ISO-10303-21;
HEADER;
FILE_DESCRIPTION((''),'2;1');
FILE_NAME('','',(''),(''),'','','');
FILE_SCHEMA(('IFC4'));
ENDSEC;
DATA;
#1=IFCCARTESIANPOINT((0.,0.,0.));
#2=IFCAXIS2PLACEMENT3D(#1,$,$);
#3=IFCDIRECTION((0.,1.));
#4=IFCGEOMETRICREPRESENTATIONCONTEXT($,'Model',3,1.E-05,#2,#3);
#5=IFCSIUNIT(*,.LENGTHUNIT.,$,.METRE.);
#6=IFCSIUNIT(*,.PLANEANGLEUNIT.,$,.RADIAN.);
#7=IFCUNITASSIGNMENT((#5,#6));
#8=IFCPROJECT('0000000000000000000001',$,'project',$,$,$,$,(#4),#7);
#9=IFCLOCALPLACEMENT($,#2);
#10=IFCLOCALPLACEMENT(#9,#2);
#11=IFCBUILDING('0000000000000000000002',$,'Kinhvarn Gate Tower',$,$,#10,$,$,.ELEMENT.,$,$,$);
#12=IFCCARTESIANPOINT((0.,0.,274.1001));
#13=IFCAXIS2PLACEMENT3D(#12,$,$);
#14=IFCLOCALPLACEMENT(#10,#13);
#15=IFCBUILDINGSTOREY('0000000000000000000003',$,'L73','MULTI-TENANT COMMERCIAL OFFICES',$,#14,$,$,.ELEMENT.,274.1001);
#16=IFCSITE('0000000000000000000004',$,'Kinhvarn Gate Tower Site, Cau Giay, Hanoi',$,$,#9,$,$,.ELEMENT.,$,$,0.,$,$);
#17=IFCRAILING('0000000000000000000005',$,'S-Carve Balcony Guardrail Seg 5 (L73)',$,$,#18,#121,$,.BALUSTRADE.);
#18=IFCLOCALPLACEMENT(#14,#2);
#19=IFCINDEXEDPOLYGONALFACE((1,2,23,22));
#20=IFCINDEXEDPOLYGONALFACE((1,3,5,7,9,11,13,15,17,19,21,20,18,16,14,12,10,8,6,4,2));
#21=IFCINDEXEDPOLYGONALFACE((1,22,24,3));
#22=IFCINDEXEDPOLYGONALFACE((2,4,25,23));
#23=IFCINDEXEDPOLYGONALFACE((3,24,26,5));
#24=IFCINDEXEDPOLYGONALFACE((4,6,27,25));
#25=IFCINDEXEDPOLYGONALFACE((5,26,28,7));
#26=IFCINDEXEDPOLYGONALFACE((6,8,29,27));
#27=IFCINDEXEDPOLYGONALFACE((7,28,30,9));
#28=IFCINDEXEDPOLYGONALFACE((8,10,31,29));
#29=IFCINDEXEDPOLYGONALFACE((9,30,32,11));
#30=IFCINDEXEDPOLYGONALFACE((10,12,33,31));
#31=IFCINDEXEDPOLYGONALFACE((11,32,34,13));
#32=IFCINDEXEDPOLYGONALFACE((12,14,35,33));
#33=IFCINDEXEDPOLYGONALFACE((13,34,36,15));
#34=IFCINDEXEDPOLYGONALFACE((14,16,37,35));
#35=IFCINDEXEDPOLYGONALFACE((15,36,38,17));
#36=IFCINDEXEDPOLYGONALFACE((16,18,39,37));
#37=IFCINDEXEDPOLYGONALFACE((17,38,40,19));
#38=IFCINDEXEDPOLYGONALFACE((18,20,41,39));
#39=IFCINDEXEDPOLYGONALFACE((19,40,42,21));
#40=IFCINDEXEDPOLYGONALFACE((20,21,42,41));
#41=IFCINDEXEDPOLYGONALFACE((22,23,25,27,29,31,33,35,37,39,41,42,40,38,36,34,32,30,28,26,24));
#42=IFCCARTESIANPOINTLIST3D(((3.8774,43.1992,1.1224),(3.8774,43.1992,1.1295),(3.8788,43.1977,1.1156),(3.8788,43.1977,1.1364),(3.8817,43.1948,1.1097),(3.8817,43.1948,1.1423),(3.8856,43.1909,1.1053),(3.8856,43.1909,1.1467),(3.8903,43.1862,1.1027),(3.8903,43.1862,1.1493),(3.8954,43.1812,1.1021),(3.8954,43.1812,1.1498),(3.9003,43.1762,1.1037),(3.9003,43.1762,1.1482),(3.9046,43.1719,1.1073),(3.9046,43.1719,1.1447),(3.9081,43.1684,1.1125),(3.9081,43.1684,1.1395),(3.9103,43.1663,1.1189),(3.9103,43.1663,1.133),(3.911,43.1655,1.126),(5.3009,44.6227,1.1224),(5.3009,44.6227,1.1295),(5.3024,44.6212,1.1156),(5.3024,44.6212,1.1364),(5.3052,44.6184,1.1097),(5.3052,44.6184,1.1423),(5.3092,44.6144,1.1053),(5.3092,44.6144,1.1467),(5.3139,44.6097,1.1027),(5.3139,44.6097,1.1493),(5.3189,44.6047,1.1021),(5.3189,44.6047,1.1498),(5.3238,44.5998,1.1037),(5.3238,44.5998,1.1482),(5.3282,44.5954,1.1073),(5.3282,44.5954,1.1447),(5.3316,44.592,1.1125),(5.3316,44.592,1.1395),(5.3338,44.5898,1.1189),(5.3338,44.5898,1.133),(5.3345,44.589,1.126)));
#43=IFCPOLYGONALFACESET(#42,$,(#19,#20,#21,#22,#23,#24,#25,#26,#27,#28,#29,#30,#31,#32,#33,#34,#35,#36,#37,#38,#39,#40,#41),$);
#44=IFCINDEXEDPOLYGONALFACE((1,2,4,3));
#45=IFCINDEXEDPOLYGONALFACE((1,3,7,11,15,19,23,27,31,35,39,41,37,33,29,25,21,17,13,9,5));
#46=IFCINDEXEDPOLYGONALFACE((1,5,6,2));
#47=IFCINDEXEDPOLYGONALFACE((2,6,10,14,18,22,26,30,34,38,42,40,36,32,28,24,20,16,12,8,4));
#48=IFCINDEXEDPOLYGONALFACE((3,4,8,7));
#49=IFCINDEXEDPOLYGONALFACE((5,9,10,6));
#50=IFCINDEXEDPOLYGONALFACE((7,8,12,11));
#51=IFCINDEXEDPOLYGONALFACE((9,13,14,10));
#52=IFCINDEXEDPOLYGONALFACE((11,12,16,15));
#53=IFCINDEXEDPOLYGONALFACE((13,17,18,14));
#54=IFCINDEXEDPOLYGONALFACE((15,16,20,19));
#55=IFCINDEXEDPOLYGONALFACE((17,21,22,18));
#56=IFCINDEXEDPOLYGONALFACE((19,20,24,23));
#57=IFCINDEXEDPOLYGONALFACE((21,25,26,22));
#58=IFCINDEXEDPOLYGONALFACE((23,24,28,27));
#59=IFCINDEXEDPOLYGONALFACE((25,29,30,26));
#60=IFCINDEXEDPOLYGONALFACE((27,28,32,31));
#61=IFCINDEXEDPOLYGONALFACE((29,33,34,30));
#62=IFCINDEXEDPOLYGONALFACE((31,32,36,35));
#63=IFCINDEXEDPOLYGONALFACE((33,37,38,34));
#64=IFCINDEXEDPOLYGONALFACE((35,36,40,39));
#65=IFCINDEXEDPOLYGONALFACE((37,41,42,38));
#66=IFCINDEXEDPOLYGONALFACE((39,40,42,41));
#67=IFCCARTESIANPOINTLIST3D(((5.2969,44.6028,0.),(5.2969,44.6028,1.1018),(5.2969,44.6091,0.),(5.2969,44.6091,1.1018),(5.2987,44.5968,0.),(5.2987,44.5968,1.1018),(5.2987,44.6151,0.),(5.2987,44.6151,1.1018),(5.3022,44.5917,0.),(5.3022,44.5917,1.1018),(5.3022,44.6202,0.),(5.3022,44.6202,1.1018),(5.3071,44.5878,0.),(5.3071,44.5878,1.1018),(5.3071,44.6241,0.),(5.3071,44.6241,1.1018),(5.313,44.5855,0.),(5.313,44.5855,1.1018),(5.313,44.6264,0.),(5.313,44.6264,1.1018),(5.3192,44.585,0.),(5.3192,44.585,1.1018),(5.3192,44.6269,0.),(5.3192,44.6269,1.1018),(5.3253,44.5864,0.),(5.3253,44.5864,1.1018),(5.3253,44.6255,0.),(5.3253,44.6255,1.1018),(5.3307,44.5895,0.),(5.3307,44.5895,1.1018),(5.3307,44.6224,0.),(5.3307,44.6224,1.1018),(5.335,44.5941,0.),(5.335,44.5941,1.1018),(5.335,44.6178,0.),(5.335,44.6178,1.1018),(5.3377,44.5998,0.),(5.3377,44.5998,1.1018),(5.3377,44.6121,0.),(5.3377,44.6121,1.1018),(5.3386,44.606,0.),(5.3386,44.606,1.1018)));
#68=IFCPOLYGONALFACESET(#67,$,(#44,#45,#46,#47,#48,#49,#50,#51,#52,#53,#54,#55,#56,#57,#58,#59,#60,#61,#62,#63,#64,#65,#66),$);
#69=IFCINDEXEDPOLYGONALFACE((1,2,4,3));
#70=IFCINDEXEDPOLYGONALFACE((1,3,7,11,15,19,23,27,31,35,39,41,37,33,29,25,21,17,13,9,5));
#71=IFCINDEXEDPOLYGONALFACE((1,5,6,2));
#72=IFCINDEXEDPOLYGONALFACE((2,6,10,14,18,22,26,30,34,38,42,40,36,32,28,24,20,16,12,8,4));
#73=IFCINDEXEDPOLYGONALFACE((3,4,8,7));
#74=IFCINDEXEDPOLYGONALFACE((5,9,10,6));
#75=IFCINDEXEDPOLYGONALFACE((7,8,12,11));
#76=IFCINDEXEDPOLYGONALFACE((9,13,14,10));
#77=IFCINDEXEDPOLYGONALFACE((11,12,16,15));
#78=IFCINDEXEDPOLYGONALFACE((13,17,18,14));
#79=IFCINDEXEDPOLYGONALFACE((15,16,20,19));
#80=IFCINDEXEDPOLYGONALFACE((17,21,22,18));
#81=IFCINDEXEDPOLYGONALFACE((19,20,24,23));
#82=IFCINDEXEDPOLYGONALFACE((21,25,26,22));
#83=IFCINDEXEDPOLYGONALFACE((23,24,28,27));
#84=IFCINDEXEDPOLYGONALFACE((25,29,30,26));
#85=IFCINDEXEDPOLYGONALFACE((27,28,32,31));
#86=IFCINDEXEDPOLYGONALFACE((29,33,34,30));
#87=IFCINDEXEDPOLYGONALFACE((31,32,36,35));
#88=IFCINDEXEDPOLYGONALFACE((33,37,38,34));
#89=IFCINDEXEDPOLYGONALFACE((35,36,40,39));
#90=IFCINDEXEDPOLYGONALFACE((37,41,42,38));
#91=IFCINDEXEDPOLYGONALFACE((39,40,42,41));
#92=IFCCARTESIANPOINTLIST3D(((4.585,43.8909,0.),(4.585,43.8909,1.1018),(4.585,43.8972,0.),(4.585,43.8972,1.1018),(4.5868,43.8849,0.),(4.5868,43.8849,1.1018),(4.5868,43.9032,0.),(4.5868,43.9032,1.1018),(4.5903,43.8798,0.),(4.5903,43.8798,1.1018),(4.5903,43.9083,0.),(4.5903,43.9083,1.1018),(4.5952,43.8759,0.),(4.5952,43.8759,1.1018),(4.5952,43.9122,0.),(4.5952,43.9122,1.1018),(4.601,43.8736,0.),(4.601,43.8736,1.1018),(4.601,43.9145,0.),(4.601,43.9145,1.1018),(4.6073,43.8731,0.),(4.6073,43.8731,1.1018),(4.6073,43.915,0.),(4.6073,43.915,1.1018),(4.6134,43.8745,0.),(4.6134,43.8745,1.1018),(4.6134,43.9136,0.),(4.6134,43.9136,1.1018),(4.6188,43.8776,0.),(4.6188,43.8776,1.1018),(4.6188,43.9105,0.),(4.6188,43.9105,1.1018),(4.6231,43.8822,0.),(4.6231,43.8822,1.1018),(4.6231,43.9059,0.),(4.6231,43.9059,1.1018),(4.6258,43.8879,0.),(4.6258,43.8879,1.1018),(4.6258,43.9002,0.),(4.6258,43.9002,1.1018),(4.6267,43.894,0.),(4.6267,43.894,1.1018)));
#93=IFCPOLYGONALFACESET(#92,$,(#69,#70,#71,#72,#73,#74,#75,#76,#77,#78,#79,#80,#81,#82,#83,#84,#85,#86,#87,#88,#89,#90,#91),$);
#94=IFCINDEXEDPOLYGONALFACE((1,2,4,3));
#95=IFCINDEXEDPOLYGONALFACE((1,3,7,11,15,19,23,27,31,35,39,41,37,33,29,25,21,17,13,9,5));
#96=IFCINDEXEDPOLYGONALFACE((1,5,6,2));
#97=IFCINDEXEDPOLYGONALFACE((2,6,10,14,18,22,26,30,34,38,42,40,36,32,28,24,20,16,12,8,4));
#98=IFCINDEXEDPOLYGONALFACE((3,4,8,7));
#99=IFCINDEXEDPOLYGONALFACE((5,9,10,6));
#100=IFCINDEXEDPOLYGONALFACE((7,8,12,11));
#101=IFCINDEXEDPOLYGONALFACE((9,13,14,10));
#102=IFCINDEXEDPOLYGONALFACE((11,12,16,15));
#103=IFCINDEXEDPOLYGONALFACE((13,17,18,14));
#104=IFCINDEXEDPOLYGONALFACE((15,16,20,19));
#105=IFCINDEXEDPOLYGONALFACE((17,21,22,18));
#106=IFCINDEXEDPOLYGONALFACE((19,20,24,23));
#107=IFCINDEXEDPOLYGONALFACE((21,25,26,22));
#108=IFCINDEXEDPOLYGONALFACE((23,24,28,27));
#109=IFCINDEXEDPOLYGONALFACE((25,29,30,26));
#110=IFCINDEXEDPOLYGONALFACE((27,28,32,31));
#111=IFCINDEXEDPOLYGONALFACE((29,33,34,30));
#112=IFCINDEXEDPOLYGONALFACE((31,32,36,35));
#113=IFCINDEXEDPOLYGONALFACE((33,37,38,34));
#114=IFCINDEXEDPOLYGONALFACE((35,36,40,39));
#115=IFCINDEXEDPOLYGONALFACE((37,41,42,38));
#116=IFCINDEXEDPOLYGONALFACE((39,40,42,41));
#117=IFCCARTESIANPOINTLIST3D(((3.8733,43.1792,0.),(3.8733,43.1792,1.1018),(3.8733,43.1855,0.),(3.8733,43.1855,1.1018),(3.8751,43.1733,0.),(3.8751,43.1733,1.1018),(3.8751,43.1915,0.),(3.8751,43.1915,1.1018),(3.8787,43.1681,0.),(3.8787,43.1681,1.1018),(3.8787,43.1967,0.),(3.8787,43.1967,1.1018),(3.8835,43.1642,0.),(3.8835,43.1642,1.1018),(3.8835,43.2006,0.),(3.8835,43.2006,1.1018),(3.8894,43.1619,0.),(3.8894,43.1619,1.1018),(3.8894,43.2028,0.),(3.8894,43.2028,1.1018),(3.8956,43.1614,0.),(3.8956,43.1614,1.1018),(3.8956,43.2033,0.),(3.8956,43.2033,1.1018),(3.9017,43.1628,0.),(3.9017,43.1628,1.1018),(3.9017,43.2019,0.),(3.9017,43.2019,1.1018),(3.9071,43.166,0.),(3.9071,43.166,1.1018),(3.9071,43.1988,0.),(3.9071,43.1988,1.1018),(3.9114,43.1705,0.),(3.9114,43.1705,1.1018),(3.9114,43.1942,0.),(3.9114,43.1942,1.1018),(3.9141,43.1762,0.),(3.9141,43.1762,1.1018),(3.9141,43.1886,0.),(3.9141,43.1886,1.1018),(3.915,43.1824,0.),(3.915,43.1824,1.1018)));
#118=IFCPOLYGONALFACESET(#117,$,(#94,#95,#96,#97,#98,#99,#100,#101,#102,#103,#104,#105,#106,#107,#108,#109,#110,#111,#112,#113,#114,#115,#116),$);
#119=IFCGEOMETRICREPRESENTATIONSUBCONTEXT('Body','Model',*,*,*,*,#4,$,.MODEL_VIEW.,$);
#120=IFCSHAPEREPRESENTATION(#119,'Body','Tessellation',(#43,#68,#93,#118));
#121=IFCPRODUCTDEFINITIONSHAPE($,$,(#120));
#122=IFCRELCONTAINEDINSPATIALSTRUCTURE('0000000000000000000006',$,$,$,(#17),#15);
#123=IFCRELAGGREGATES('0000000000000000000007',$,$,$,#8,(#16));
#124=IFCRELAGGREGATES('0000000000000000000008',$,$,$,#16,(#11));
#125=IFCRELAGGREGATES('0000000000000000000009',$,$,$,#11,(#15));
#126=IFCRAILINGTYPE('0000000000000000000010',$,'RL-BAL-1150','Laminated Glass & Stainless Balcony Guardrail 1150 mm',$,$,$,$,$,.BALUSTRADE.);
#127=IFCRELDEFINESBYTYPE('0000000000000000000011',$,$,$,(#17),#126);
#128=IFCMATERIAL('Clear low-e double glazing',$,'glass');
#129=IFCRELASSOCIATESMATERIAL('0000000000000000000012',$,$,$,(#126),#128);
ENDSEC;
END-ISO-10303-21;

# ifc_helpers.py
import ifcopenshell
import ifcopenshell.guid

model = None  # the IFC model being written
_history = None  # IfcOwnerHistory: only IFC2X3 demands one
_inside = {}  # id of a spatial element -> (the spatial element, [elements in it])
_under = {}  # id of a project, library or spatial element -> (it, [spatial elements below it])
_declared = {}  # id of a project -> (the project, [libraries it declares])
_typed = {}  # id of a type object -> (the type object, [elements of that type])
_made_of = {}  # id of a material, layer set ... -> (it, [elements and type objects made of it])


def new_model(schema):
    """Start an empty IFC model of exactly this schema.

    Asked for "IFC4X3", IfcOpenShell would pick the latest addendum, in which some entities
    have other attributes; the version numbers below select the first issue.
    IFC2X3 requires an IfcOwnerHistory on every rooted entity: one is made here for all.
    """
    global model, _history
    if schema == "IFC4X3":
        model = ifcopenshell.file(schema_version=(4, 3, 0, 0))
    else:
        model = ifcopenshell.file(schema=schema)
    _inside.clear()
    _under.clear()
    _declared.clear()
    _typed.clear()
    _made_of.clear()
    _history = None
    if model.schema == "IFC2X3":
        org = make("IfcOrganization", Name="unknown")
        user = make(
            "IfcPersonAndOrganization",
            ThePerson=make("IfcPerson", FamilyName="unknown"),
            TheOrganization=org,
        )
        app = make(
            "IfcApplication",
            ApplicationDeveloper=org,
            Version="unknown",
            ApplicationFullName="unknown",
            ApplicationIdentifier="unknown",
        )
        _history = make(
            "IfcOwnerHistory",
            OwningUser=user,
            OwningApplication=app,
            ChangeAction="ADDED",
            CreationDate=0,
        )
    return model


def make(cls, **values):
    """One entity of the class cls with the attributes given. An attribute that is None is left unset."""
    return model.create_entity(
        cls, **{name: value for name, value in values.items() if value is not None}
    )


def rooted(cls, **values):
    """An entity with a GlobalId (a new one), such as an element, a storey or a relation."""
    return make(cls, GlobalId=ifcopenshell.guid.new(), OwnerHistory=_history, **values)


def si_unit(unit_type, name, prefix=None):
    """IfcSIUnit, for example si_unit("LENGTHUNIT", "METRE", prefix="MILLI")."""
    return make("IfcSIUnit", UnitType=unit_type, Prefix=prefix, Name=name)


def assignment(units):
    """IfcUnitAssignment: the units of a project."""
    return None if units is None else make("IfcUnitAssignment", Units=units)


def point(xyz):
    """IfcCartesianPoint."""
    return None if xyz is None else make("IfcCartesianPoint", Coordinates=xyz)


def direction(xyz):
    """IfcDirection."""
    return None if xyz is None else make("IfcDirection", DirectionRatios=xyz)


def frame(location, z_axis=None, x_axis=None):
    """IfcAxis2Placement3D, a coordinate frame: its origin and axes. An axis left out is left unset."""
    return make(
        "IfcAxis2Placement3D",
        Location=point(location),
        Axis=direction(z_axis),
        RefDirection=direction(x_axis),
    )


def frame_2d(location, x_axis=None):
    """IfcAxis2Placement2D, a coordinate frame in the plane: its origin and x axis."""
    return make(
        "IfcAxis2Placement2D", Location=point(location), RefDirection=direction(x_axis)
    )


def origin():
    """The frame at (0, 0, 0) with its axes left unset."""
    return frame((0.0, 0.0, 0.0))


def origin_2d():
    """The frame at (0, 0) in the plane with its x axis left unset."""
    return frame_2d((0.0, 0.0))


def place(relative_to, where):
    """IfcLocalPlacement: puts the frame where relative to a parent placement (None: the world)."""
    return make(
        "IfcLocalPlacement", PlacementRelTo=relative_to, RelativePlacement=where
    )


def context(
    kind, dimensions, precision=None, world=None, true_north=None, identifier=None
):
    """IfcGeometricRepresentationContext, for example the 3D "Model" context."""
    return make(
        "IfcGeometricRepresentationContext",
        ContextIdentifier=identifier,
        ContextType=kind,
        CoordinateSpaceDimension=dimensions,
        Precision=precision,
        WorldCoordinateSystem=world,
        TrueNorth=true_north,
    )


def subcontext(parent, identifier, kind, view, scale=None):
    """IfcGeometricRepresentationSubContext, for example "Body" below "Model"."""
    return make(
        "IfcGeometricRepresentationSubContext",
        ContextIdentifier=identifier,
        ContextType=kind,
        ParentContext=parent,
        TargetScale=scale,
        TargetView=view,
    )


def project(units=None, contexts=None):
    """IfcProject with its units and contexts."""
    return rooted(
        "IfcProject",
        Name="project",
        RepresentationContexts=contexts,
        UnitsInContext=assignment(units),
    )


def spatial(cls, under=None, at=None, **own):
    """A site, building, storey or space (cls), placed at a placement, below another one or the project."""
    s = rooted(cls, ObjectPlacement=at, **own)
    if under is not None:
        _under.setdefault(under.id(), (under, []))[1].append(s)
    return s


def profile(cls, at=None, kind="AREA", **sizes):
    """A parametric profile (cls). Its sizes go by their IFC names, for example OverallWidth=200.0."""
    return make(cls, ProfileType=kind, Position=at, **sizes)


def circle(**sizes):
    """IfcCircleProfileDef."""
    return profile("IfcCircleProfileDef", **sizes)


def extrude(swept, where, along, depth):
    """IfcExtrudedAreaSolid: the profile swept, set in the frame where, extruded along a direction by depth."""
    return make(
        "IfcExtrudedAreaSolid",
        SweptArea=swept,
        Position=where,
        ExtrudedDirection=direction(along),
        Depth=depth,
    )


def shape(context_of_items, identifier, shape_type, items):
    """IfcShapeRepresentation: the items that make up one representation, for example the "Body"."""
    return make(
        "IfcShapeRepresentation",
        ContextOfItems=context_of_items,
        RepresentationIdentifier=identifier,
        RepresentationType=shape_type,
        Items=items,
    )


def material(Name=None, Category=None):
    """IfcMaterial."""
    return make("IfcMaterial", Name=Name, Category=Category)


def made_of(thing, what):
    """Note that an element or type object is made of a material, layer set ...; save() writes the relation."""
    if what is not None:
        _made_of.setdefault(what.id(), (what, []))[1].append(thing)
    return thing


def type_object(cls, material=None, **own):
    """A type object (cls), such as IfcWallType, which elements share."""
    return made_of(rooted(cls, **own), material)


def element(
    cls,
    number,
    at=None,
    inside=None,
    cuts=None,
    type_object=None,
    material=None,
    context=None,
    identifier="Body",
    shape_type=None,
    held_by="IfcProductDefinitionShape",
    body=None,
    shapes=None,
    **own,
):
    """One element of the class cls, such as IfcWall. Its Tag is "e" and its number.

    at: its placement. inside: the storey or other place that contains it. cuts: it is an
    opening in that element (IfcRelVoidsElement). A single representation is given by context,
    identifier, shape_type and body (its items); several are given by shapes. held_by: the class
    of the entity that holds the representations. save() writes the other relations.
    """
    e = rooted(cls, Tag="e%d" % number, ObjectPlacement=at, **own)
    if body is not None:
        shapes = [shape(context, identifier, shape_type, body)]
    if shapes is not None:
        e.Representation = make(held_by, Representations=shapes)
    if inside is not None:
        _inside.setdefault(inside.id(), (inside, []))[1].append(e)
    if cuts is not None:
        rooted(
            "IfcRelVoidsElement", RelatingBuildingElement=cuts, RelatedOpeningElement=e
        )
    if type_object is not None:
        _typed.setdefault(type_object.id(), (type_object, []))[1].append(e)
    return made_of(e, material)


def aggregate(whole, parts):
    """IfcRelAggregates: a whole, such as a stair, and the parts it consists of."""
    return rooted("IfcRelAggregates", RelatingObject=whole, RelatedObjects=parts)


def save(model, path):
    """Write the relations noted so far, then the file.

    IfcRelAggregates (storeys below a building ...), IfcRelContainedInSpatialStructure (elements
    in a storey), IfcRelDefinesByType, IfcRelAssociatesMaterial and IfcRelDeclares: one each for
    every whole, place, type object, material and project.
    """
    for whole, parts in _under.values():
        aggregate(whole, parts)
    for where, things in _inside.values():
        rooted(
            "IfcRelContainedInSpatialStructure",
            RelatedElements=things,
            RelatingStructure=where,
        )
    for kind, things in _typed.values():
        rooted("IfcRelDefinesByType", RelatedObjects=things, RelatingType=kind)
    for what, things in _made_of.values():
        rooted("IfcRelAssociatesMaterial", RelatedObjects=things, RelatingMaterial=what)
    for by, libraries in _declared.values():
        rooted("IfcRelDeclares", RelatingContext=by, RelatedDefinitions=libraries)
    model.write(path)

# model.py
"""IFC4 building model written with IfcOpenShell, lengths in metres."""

from ifc_helpers import new_model, si_unit, direction, frame, origin, origin_2d, place, context, subcontext, project, spatial, circle, extrude, material, type_object, element, save


model = new_model("IFC4")

# Units and contexts
model_context = context("Model", 3, precision=1e-05, world=origin(), true_north=direction((0.0, 1.0)))
body_context = subcontext(model_context, "Body", "Model", "MODEL_VIEW")
ifc_project = project(units=[si_unit("LENGTHUNIT", "METRE"), si_unit("PLANEANGLEUNIT", "RADIAN")], contexts=[model_context])

# Site, building, storey
site_placement = place(None, origin())
site = spatial("IfcSite", under=ifc_project, at=site_placement, Name="Kinhvarn Gate Tower Site, Cau Giay, Hanoi", CompositionType="ELEMENT", RefElevation=0.0)
building_placement = place(site_placement, origin())
building = spatial("IfcBuilding", under=site, at=building_placement, Name="Kinhvarn Gate Tower", CompositionType="ELEMENT")
storey_placement = place(building_placement, frame((0.0, 0.0, 274.1001)))
storey = spatial("IfcBuildingStorey", under=building, at=storey_placement, Name="L73", Description="MULTI-TENANT COMMERCIAL OFFICES", CompositionType="ELEMENT", Elevation=274.1001)

# Shared definitions
ifc_material_1 = material(Name="Clear low-e double glazing", Category="glass")

# Railing
railing_type = type_object("IfcRailingType", Name="RL-BAL-1150", Description="Laminated Glass & Stainless Balcony Guardrail 1150 mm", PredefinedType="BALUSTRADE", material=ifc_material_1)
railing_1_placement = place(storey_placement, frame((5.3176, 44.606, 0.0)))
element("IfcRailing", 1, at=railing_1_placement, inside=storey, type_object=railing_type, Name="S-Carve Balcony Guardrail Seg 5 (L73)", PredefinedType="BALUSTRADE", context=body_context, shape_type="SweptSolid", body=[
    extrude(circle(Radius=0.0239, at=origin_2d()), frame((0.0, 0.0, 1.126), z_axis=(-0.707107, -0.707107, 0.0), x_axis=(0.707107, -0.707107, 0.0)), (0.0, 0.0, 1.0), 2.0132),
    extrude(circle(Radius=0.021, at=origin_2d()), origin(), (0.0, 0.0, 1.0), 1.1018),
    extrude(circle(Radius=0.021, at=origin_2d()), frame((-0.7119, -0.7119, 0.0)), (0.0, 0.0, 1.0), 1.1018),
    extrude(circle(Radius=0.021, at=origin_2d()), frame((-1.4236, -1.4236, 0.0)), (0.0, 0.0, 1.0), 1.1018),
])

save(model, "model.ifc")
